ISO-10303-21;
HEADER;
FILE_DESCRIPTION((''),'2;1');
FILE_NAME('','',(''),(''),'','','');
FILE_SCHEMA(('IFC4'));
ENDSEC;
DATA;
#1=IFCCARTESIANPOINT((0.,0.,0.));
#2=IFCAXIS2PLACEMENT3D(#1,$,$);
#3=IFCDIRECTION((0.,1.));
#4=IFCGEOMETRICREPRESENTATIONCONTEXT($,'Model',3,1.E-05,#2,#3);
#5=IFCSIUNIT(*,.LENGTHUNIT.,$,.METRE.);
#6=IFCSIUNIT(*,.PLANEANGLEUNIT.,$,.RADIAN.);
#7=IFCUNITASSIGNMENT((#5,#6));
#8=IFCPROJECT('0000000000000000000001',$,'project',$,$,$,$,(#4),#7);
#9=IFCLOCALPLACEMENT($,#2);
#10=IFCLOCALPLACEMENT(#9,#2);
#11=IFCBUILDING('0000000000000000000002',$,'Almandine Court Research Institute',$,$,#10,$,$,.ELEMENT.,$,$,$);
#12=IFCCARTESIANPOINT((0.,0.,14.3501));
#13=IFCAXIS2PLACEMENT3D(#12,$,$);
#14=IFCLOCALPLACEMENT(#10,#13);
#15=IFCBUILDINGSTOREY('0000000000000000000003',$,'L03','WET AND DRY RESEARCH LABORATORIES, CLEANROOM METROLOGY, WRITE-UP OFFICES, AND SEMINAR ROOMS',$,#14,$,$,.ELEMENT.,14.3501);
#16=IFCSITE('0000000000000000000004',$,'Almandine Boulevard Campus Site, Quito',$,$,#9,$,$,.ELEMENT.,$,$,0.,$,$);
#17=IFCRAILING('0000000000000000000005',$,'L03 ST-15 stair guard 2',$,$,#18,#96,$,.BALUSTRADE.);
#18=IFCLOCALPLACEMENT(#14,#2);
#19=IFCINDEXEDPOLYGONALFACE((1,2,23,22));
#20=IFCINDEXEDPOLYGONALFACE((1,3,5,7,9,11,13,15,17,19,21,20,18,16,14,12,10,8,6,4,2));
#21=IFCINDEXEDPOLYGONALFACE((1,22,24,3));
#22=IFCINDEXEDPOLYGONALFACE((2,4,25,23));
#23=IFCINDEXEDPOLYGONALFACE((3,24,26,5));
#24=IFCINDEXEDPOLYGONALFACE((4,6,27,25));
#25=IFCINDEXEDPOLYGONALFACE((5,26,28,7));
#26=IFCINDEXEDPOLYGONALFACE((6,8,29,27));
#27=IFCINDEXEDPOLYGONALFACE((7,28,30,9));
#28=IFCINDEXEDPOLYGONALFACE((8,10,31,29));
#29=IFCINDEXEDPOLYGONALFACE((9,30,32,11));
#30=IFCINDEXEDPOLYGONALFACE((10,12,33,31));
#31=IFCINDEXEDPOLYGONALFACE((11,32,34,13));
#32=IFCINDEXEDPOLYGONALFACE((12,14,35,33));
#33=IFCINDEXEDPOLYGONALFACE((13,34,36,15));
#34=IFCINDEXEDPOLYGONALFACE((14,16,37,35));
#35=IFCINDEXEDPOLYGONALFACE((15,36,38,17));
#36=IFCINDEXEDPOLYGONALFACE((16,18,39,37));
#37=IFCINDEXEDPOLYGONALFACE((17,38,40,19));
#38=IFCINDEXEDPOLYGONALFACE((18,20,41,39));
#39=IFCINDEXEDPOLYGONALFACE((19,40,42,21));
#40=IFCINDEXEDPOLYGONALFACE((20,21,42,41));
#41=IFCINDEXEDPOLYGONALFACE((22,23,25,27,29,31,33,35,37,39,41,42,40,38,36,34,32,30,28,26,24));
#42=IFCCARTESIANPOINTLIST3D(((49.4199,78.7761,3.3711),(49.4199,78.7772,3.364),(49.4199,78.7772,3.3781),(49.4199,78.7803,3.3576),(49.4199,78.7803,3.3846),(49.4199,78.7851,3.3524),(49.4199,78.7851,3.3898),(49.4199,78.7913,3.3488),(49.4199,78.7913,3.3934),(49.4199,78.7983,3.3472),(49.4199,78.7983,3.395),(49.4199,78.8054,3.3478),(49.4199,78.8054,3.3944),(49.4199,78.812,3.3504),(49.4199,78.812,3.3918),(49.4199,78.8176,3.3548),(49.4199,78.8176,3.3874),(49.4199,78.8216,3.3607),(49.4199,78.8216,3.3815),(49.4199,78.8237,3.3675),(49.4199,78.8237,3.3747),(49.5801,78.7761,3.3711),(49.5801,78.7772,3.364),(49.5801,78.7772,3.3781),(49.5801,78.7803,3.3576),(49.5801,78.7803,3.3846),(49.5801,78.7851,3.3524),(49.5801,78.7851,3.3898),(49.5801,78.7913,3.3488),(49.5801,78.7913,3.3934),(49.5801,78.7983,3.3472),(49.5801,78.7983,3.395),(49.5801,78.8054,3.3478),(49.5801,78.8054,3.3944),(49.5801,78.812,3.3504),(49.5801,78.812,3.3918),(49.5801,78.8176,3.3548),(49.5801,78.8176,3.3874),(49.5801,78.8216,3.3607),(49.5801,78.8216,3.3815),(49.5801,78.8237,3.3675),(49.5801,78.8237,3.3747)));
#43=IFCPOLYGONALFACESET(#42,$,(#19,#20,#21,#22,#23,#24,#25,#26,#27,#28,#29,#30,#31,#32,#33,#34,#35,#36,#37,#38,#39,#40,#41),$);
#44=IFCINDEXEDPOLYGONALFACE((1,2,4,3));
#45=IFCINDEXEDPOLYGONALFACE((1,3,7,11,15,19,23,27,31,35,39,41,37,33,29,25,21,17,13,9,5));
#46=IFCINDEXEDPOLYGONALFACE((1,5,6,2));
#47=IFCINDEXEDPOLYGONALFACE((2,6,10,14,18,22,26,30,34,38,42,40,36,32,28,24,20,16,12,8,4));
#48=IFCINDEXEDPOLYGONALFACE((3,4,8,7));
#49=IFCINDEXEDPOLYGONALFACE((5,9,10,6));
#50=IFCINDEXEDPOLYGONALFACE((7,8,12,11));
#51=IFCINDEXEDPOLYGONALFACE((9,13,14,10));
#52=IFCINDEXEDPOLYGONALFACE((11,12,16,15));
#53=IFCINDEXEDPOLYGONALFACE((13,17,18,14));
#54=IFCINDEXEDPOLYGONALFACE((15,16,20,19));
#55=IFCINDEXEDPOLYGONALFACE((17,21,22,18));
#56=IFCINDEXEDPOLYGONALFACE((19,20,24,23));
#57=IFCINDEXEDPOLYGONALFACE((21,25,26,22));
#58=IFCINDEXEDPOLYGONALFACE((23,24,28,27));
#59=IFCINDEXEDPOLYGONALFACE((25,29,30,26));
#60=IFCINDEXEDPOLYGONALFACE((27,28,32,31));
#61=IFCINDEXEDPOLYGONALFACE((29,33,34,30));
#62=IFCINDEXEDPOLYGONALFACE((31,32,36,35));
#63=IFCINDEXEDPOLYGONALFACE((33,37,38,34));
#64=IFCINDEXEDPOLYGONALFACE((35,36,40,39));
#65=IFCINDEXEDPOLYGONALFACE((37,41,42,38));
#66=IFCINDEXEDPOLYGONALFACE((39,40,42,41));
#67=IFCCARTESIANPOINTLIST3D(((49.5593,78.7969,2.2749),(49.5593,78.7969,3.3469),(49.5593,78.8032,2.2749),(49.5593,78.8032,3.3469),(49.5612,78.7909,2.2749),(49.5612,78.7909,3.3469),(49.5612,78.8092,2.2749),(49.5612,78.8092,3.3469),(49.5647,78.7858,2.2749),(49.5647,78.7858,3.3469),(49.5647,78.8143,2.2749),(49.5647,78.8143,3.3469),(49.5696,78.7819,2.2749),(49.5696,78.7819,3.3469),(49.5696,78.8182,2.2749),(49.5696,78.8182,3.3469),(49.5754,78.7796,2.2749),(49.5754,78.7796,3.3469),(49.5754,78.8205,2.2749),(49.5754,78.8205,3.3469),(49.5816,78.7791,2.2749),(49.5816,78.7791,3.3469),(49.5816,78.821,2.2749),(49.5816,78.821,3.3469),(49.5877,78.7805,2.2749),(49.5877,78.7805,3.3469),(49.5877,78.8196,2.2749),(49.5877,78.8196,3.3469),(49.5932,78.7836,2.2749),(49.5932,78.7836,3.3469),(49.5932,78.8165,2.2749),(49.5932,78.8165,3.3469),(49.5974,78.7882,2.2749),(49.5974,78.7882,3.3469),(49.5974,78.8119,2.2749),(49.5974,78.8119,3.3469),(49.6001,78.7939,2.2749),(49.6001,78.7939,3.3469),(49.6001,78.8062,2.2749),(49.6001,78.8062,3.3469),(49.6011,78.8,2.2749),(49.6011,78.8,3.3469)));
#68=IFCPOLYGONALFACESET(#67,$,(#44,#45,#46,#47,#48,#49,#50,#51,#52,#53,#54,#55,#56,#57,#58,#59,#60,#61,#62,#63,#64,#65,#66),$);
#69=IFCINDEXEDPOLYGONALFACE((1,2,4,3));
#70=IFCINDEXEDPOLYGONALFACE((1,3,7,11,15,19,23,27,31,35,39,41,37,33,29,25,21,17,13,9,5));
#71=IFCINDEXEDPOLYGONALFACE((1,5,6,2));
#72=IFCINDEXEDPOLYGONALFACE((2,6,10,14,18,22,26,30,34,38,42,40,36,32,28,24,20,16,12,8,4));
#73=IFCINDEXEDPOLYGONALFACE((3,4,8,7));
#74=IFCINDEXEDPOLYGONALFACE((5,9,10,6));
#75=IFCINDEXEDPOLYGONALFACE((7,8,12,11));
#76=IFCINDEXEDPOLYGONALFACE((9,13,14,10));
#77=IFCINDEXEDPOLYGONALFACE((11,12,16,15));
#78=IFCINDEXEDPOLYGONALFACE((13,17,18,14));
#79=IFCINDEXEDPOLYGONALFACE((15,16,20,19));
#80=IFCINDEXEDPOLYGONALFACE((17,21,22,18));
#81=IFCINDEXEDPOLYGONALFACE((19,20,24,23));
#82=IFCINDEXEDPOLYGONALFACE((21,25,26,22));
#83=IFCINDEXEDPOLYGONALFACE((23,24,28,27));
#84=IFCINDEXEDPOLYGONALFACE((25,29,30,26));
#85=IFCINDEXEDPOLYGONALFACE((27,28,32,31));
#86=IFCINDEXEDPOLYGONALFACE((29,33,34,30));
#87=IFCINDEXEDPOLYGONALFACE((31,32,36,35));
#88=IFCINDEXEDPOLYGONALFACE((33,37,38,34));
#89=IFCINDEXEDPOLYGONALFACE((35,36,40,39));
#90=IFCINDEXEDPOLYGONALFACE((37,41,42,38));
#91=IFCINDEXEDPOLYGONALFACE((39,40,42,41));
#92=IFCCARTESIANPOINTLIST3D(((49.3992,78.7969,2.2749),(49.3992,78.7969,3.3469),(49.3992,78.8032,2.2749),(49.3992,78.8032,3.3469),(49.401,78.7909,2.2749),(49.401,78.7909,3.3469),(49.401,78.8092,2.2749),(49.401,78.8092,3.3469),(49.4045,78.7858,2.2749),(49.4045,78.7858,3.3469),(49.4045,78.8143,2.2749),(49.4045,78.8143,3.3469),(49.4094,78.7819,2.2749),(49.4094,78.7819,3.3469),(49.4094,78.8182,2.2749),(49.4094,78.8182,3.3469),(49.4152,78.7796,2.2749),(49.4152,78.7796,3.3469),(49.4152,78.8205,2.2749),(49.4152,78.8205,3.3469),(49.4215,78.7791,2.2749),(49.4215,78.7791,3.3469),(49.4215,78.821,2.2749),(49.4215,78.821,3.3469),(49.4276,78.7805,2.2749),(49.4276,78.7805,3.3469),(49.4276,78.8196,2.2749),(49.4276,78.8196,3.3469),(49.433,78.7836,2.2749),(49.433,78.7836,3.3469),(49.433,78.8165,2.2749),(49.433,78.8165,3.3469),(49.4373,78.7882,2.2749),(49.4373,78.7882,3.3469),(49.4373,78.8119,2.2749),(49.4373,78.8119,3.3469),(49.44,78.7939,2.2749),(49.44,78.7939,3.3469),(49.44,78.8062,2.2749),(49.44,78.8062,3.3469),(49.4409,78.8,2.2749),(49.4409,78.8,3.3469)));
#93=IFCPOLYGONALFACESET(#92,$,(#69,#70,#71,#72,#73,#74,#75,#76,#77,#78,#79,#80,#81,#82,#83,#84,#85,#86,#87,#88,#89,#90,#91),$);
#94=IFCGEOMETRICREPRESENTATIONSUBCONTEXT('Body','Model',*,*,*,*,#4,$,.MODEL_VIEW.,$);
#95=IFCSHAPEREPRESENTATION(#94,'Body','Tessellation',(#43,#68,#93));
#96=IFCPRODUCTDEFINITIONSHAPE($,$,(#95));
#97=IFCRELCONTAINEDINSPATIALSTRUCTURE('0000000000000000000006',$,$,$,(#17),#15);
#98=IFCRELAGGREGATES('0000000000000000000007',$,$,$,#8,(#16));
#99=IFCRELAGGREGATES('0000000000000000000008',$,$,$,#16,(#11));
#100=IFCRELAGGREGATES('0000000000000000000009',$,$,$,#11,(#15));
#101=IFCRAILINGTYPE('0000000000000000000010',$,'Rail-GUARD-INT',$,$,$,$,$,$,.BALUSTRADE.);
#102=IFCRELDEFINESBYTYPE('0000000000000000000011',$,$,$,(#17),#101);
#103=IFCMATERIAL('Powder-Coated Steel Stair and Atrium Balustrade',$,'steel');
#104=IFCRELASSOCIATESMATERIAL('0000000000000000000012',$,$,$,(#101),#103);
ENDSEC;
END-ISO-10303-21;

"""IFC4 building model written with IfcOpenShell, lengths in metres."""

from ifc_helpers import new_model, si_unit, direction, frame, origin, origin_2d, place, context, subcontext, project, spatial, circle, extrude, material, type_object, element, save


model = new_model("IFC4")

# Units and contexts
model_context = context("Model", 3, precision=1e-05, world=origin(), true_north=direction((0.0, 1.0)))
body_context = subcontext(model_context, "Body", "Model", "MODEL_VIEW")
ifc_project = project(units=[si_unit("LENGTHUNIT", "METRE"), si_unit("PLANEANGLEUNIT", "RADIAN")], contexts=[model_context])

# Site, building, storey
site_placement = place(None, origin())
site = spatial("IfcSite", under=ifc_project, at=site_placement, Name="Almandine Boulevard Campus Site, Quito", CompositionType="ELEMENT", RefElevation=0.0)
building_placement = place(site_placement, origin())
building = spatial("IfcBuilding", under=site, at=building_placement, Name="Almandine Court Research Institute", CompositionType="ELEMENT")
storey_placement = place(building_placement, frame((0.0, 0.0, 14.3501)))
storey = spatial("IfcBuildingStorey", under=building, at=storey_placement, Name="L03", Description="WET AND DRY RESEARCH LABORATORIES, CLEANROOM METROLOGY, WRITE-UP OFFICES, AND SEMINAR ROOMS", CompositionType="ELEMENT", Elevation=14.3501)

# Railing
ifc_material_1 = material(Name="Powder-Coated Steel Stair and Atrium Balustrade", Category="steel")
railing_type_1 = type_object("IfcRailingType", Name="Rail-GUARD-INT", PredefinedType="BALUSTRADE", material=ifc_material_1)
railing_1_placement = place(storey_placement, frame((49.5801, 78.8, 2.2749)))
element("IfcRailing", 1, at=railing_1_placement, inside=storey, type_object=railing_type_1, Name="L03 ST-15 stair guard 2", PredefinedType="BALUSTRADE", context=body_context, shape_type="SweptSolid", body=[
    extrude(circle(Radius=0.0239, at=origin_2d()), frame((0.0, 0.0, 1.0962), z_axis=(-1.0, 0.0, 0.0), x_axis=(0.0, -1.0, 0.0)), (0.0, 0.0, 1.0), 0.1602),
    extrude(circle(Radius=0.021, at=origin_2d()), origin(), (0.0, 0.0, 1.0), 1.072),
    extrude(circle(Radius=0.021, at=origin_2d()), frame((-0.1602, 0.0, 0.0)), (0.0, 0.0, 1.0), 1.072),
])

save(model, "model.ifc")
